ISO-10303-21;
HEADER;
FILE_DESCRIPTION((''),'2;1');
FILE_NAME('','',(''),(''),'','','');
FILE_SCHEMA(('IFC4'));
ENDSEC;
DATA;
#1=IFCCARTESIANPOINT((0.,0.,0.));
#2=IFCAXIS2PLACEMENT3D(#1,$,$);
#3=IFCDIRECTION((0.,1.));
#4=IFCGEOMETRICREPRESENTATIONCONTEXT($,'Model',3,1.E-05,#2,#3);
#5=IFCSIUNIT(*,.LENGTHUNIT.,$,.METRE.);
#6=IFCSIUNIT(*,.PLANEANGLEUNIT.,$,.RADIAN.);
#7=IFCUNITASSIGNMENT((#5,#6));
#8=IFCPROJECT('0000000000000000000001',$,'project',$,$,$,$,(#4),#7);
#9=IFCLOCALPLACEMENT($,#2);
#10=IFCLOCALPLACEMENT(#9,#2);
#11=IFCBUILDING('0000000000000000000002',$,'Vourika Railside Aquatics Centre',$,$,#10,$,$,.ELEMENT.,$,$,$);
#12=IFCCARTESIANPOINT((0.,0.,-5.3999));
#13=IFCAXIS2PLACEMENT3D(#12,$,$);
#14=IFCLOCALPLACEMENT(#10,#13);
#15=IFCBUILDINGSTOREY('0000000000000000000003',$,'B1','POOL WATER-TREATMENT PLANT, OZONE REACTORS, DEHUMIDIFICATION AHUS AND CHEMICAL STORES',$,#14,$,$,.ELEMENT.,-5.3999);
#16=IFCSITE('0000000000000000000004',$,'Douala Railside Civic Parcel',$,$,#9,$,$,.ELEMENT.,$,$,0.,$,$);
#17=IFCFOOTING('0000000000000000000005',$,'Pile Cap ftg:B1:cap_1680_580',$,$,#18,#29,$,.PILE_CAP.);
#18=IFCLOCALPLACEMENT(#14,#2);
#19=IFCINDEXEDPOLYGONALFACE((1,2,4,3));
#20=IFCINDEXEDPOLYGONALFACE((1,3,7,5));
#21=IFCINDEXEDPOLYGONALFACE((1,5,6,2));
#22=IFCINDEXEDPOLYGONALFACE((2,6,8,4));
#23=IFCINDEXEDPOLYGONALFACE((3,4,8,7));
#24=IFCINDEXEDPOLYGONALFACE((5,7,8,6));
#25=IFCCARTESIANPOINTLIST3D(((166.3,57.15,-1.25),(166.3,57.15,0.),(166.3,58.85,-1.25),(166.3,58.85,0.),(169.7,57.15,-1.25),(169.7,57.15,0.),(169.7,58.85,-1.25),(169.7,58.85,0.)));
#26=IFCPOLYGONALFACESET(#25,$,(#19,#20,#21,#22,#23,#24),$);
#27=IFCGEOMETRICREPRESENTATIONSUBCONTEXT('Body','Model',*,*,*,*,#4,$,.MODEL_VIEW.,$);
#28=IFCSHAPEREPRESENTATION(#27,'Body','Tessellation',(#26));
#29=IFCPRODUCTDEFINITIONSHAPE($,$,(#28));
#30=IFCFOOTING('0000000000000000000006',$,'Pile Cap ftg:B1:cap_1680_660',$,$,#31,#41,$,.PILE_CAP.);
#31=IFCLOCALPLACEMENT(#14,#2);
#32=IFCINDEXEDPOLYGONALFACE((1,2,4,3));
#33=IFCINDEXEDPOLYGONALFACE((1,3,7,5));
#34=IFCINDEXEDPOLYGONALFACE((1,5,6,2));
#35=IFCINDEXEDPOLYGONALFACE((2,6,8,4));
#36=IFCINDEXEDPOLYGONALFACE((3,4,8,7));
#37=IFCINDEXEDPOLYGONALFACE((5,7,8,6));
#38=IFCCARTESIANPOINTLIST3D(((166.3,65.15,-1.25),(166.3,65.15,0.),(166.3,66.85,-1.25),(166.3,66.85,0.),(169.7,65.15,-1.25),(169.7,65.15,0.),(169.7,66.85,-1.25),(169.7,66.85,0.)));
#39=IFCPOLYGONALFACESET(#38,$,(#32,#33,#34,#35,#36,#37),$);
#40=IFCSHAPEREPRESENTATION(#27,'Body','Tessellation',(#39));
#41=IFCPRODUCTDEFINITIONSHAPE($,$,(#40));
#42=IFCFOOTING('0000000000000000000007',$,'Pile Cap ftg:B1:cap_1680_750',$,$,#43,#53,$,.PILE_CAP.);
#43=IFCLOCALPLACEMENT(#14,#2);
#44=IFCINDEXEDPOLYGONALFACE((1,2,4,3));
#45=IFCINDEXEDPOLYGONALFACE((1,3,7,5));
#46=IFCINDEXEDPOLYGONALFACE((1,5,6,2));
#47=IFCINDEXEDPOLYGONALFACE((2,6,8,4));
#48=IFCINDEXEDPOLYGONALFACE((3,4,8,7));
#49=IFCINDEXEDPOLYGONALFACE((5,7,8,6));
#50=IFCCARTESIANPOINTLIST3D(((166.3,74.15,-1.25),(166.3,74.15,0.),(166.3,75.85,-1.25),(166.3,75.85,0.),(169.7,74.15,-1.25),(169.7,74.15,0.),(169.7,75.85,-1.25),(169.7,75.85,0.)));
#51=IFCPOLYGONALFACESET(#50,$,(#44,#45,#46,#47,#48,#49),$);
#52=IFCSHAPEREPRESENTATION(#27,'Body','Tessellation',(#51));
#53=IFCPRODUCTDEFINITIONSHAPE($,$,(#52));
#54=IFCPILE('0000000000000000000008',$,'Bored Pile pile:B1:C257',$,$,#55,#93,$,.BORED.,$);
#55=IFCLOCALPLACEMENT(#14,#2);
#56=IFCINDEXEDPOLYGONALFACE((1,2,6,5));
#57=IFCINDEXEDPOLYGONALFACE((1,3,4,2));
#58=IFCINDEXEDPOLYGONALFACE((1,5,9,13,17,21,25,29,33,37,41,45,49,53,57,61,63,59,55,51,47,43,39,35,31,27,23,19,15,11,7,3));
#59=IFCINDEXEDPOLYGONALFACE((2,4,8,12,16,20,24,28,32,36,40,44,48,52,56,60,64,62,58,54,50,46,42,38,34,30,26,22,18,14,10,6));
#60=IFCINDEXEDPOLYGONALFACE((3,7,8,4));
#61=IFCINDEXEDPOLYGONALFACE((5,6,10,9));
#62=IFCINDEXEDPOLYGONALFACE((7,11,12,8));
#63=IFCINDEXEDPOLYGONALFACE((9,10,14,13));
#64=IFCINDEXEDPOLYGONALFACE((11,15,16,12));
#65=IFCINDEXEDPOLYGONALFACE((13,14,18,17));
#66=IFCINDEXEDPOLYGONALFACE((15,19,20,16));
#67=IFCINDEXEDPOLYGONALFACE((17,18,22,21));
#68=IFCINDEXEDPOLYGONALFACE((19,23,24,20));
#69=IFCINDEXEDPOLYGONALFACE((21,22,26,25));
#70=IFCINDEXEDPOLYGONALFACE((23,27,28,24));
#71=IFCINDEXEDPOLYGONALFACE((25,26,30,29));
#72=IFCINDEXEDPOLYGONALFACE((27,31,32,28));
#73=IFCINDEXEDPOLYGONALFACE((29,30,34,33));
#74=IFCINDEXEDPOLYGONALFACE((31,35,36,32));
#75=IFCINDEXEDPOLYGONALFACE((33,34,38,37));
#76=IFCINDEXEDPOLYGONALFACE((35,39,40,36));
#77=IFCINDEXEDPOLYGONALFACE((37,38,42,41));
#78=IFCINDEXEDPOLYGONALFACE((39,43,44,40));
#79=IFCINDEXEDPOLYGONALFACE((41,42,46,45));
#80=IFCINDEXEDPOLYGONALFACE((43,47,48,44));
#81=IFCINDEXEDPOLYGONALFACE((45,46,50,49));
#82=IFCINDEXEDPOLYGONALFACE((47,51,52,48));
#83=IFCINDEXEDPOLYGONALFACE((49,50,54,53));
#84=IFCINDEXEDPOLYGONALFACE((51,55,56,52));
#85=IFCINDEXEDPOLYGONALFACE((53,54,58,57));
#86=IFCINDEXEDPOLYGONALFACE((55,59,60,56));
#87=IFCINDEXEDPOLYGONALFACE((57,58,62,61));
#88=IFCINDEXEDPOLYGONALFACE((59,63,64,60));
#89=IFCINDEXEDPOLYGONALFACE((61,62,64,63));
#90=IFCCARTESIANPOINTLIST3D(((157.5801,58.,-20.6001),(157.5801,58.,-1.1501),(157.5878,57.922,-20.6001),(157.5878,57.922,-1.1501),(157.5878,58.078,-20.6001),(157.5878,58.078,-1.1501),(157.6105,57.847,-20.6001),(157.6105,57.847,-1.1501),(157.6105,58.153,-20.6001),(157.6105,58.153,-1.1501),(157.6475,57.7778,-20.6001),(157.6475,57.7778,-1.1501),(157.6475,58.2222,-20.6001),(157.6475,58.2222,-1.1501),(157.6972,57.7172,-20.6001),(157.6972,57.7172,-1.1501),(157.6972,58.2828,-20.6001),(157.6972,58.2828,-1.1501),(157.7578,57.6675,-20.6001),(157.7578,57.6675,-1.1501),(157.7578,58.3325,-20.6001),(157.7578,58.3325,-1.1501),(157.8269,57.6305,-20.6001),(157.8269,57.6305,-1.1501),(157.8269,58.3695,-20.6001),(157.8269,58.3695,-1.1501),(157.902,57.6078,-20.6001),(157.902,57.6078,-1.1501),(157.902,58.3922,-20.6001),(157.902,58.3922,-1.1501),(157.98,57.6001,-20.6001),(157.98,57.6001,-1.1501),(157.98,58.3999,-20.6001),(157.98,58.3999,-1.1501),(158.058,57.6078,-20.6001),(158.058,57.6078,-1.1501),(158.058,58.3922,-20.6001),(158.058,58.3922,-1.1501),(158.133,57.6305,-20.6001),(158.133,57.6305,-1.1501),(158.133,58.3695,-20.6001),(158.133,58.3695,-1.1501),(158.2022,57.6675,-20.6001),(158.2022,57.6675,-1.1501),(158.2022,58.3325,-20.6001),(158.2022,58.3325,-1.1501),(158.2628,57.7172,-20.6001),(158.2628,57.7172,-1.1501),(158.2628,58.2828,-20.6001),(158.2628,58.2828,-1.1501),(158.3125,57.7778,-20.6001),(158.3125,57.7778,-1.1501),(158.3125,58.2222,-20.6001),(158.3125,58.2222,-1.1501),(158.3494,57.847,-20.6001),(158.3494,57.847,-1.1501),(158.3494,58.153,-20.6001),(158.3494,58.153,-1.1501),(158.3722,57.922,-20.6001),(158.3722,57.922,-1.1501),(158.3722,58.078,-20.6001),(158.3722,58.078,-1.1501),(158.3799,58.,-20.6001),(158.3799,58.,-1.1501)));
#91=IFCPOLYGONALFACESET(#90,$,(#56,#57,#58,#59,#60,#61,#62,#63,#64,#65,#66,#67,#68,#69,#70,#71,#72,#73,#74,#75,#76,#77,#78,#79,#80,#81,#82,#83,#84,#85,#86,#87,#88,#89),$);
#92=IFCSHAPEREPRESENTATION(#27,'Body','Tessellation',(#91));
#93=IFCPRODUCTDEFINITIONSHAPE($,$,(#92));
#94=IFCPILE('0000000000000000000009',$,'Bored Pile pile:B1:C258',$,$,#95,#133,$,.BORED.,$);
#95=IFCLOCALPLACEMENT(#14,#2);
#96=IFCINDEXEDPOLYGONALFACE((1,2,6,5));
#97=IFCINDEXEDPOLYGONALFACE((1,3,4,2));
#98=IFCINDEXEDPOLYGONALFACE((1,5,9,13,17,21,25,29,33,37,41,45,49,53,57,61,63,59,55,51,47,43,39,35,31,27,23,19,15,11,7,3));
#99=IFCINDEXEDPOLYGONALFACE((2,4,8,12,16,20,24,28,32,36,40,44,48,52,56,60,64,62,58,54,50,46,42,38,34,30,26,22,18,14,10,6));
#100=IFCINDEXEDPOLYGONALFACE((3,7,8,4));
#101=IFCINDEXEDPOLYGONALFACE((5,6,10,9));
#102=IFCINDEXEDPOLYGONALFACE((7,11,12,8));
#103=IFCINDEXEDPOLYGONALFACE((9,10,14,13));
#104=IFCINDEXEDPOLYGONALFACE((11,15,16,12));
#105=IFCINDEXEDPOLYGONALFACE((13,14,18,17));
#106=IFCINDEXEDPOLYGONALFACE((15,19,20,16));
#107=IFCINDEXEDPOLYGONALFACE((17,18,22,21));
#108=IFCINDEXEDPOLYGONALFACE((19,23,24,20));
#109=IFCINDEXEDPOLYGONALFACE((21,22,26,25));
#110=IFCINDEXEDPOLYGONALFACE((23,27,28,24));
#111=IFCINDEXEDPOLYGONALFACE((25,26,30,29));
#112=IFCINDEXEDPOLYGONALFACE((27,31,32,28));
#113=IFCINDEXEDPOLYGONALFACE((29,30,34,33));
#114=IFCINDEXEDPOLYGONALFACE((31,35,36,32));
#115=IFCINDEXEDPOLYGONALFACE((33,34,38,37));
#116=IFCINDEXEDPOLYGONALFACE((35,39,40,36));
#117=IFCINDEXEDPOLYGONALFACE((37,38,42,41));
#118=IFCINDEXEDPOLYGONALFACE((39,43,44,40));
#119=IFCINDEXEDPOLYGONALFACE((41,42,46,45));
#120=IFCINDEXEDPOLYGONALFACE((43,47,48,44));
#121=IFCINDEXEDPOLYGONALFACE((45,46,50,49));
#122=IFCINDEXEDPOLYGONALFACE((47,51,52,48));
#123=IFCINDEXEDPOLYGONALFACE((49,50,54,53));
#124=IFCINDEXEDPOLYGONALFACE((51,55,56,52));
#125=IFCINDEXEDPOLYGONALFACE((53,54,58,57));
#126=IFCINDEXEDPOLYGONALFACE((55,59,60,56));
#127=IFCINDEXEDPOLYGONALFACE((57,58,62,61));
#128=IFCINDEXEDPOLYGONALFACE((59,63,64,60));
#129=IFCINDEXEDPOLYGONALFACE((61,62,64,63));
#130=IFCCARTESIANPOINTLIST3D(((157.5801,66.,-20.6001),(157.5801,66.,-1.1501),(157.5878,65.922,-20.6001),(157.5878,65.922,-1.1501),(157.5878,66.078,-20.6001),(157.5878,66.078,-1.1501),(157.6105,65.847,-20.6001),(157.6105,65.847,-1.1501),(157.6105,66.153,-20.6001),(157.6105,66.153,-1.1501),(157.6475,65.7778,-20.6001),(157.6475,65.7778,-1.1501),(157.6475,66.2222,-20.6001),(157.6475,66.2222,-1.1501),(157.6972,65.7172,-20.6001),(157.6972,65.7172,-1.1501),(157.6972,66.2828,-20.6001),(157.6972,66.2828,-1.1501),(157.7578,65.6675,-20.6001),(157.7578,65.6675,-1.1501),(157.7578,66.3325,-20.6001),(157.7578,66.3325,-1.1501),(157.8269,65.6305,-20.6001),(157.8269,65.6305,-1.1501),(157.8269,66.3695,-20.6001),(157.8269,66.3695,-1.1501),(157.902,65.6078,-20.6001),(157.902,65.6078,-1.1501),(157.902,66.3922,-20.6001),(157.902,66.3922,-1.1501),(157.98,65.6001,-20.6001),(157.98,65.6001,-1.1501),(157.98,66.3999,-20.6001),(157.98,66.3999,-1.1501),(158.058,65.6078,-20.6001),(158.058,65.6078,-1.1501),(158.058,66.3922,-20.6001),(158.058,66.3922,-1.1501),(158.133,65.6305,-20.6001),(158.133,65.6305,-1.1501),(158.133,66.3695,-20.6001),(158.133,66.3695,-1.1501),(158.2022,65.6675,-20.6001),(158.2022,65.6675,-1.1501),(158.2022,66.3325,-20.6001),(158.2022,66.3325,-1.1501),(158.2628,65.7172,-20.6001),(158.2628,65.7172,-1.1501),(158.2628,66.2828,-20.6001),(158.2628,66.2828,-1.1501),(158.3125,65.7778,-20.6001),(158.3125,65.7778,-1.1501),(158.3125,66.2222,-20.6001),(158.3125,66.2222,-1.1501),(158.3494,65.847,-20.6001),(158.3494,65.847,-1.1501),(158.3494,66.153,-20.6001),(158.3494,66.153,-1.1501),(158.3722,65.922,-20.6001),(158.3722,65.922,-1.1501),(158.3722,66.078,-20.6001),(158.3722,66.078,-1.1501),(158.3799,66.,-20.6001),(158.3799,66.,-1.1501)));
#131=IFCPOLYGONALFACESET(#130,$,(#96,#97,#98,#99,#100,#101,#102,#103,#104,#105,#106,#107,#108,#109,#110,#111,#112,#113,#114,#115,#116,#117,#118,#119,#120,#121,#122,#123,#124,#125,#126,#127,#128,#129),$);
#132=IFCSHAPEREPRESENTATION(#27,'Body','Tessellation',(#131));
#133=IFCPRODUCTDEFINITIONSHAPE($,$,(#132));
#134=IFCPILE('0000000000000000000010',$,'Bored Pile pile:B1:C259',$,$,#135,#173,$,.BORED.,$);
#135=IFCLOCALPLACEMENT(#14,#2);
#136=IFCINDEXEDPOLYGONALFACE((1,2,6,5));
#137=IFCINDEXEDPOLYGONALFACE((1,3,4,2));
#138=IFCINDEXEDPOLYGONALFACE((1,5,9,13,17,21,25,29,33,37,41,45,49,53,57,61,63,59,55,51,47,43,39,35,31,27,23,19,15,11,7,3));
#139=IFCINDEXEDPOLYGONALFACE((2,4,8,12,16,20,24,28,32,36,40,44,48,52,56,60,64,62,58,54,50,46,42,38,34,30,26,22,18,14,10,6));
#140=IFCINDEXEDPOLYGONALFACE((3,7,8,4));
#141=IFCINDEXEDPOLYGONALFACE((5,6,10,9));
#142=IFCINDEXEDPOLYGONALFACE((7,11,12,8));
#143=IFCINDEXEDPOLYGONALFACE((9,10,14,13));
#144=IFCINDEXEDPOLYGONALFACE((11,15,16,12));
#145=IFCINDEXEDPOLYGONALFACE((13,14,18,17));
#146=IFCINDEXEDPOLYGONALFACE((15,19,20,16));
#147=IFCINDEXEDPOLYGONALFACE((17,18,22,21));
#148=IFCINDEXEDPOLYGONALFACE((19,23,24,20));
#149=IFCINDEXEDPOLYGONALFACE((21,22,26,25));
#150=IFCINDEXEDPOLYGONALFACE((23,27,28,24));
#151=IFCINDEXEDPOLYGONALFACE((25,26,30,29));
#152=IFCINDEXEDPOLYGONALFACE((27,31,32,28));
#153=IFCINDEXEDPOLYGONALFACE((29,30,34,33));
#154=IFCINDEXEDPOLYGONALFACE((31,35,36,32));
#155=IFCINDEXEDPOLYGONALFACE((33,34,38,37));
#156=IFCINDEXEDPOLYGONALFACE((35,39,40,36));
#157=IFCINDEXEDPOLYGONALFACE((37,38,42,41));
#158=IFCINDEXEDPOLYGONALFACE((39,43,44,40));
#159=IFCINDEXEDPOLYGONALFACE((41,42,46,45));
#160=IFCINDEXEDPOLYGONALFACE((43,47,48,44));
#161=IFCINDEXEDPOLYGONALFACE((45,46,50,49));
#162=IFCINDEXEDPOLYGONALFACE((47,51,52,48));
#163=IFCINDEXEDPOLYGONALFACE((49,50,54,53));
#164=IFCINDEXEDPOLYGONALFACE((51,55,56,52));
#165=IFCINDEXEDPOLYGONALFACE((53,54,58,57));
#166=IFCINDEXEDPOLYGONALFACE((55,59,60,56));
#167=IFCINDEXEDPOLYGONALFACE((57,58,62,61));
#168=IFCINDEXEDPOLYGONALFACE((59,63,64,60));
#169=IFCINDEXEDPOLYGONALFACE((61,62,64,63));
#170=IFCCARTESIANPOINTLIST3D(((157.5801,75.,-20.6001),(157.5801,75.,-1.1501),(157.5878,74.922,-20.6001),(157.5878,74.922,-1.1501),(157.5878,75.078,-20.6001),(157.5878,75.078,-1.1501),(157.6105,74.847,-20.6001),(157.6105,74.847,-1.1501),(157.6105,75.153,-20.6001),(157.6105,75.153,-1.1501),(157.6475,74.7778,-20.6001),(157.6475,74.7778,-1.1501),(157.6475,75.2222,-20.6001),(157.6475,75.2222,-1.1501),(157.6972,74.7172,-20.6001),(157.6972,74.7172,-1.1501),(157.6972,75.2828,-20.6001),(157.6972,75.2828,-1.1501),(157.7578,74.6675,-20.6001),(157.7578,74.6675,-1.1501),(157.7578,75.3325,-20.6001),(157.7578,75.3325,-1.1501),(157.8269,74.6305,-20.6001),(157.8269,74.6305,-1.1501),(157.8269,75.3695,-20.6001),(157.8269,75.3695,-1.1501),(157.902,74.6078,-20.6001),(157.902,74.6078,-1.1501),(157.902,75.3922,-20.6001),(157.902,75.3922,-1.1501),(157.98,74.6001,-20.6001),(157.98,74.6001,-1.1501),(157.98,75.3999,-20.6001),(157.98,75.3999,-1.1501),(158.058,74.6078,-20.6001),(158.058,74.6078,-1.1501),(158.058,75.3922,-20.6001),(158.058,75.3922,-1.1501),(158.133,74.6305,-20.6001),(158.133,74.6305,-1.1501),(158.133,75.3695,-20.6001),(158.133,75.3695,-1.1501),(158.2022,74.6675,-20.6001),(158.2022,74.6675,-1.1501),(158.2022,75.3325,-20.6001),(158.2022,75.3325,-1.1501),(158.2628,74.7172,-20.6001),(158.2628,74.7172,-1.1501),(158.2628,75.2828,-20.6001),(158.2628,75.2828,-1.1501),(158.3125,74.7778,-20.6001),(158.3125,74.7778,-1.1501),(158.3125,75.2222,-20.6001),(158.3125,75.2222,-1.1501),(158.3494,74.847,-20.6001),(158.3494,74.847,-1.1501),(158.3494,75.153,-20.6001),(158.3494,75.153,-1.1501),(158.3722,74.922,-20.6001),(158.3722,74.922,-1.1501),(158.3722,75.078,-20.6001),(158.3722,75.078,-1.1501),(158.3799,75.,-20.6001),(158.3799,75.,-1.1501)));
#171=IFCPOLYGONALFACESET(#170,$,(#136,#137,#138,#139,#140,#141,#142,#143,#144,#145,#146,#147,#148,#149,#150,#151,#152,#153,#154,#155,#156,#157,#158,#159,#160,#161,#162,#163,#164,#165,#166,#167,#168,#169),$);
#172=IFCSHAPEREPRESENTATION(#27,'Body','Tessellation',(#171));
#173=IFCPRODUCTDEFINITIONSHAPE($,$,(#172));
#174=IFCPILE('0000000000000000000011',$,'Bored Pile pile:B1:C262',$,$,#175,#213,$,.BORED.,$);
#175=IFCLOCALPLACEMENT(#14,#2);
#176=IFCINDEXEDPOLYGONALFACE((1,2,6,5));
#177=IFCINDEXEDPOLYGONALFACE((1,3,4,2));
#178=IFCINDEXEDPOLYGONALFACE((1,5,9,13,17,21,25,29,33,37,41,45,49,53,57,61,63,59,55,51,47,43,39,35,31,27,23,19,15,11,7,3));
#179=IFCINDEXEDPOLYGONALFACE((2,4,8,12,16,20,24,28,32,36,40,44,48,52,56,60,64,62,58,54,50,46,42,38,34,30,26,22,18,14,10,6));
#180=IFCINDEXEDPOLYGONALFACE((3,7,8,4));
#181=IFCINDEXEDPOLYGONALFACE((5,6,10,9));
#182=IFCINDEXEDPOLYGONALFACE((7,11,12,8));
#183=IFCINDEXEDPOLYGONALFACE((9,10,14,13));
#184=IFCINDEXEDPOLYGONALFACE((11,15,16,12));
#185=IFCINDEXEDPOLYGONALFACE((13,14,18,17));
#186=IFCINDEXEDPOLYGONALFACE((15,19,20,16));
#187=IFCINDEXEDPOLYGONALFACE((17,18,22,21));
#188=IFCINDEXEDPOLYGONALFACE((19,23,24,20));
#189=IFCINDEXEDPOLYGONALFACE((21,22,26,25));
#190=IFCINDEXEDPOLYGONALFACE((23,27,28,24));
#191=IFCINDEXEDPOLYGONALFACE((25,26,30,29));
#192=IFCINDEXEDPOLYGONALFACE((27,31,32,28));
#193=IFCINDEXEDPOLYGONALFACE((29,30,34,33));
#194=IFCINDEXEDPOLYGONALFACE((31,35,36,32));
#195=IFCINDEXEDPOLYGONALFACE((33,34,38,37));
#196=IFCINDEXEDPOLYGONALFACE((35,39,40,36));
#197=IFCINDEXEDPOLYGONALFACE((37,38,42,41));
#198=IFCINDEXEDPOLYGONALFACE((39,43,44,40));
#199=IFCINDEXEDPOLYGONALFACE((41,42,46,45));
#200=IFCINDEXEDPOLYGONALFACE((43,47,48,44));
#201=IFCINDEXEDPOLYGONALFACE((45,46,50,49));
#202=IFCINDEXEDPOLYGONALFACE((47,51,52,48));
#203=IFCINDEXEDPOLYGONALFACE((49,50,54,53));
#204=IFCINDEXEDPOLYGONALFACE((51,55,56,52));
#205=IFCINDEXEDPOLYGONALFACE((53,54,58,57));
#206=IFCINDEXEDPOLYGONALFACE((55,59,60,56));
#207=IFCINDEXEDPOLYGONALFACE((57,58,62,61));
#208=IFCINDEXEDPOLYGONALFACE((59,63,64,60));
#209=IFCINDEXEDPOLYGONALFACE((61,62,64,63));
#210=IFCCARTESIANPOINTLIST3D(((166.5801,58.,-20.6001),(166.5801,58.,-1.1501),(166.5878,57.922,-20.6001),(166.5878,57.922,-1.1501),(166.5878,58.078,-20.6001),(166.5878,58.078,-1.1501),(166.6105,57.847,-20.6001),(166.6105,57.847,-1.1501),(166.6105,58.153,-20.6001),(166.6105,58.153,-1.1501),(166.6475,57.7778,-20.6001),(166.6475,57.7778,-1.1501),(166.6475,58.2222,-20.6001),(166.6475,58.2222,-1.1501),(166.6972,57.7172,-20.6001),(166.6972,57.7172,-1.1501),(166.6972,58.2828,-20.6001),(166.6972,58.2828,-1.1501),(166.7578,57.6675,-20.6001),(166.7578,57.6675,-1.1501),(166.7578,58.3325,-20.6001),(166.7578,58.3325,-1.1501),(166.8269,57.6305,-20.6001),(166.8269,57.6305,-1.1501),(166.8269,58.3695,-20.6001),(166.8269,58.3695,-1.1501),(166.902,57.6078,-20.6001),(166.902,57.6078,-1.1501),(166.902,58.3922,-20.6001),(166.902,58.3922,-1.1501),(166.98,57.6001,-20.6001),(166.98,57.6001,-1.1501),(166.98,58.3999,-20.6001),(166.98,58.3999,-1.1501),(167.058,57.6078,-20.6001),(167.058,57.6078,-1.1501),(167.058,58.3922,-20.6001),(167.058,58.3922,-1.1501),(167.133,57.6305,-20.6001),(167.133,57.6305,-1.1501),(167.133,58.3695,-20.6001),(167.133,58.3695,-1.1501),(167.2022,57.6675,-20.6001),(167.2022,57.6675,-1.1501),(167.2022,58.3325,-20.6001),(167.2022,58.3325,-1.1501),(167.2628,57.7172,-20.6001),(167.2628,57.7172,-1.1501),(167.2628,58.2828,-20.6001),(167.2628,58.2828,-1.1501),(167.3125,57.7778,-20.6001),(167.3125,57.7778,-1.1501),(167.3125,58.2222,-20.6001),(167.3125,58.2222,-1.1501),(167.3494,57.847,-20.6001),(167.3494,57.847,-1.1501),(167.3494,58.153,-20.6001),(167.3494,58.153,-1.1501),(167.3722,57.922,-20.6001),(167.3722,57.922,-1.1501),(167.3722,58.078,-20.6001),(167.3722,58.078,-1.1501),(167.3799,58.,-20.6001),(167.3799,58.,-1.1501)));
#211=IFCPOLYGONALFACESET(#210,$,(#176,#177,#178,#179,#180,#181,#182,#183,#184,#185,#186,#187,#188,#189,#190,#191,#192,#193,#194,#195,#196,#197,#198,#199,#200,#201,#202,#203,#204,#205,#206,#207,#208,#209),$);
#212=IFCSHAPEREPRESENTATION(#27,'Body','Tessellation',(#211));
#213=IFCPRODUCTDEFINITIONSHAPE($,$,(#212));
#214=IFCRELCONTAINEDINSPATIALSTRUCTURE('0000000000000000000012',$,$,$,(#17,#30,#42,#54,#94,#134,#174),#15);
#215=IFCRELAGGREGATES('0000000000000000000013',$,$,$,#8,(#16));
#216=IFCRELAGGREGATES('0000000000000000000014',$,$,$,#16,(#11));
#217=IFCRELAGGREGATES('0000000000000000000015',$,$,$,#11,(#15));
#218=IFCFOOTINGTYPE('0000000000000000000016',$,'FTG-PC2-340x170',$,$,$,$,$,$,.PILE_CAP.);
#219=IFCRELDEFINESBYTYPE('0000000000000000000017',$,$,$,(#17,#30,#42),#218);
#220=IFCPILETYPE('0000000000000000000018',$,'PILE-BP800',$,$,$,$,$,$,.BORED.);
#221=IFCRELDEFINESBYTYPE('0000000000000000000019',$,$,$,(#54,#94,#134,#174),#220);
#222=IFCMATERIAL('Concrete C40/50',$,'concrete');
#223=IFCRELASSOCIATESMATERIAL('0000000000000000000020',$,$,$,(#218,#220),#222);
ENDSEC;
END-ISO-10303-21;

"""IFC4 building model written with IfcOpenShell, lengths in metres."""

from ifc_helpers import new_model, si_unit, direction, frame, origin, origin_2d, place, context, subcontext, project, spatial, rectangle, circle, extrude, material, material_profile, profile_set, type_object, element, save


model = new_model("IFC4")

# Units and contexts
model_context = context("Model", 3, precision=1e-05, world=origin(), true_north=direction((0.0, 1.0)))
body_context = subcontext(model_context, "Body", "Model", "MODEL_VIEW")
ifc_project = project(units=[si_unit("LENGTHUNIT", "METRE"), si_unit("PLANEANGLEUNIT", "RADIAN")], contexts=[model_context])

# Site, building, storey
site_placement = place(None, origin())
site = spatial("IfcSite", under=ifc_project, at=site_placement, Name="Douala Railside Civic Parcel", CompositionType="ELEMENT", RefElevation=0.0)
building_placement = place(site_placement, origin())
building = spatial("IfcBuilding", under=site, at=building_placement, Name="Vourika Railside Aquatics Centre", CompositionType="ELEMENT")
storey_placement = place(building_placement, frame((0.0, 0.0, -5.3999)))
storey = spatial("IfcBuildingStorey", under=building, at=storey_placement, Name="B1", Description="POOL WATER-TREATMENT PLANT, OZONE REACTORS, DEHUMIDIFICATION AHUS AND CHEMICAL STORES", CompositionType="ELEMENT", Elevation=-5.3999)

# Footings
ifc_material = material(Name="Concrete C40/50", Category="concrete")
footing_type_1 = type_object("IfcFootingType", Name="FTG-PC2-340x170", PredefinedType="PILE_CAP", material=ifc_material)
for number, where, z_axis, x_axis, name in (
    (1, (168.0, 58.0, -1.25), (0.0, 0.0, 1.0), (1.0, 0.0, 0.0), "Pile Cap ftg:B1:cap_1680_580"),
    (2, (168.0, 66.0, -1.25), (0.0, 0.0, 1.0), (1.0, 0.0, 0.0), "Pile Cap ftg:B1:cap_1680_660"),
    (3, (168.0, 75.0, -1.25), (0.0, 0.0, 1.0), (1.0, 0.0, 0.0), "Pile Cap ftg:B1:cap_1680_750"),
):
    element("IfcFooting", number, at=place(storey_placement, frame(where, z_axis=z_axis, x_axis=x_axis)), inside=storey, type_object=footing_type_1, Name=name, PredefinedType="PILE_CAP", context=body_context, shape_type="SweptSolid", body=[
        extrude(rectangle(XDim=3.3999, YDim=1.7, at=origin_2d()), origin(), (0.0, 0.0, 1.0), 1.25),
    ])

# Piles
ifc_material_profile_1 = material_profile(ifc_material, circle(Radius=0.3999, at=origin_2d()), Name="BP 800")
ifc_profile_set_1 = profile_set([ifc_material_profile_1], Name="Concrete C40/50")
pile_type = type_object("IfcPileType", Name="PILE-BP800", PredefinedType="BORED", material=ifc_profile_set_1)
for number, where, z_axis, x_axis, name in (
    (4, (157.98, 58.0, -1.1501), (0.0, 0.0, -1.0), (1.0, 0.0, 0.0), "Bored Pile pile:B1:C257"),
    (5, (157.98, 66.0, -1.1501), (0.0, 0.0, -1.0), (1.0, 0.0, 0.0), "Bored Pile pile:B1:C258"),
    (6, (157.98, 75.0, -1.1501), (0.0, 0.0, -1.0), (1.0, 0.0, 0.0), "Bored Pile pile:B1:C259"),
    (7, (166.98, 58.0, -1.1501), (0.0, 0.0, -1.0), (1.0, 0.0, 0.0), "Bored Pile pile:B1:C262"),
):
    element("IfcPile", number, at=place(storey_placement, frame(where, z_axis=z_axis, x_axis=x_axis)), inside=storey, type_object=pile_type, Name=name, PredefinedType="BORED", context=body_context, shape_type="SweptSolid", body=[
        extrude(circle(Radius=0.3999, at=origin_2d()), origin(), (0.0, 0.0, 1.0), 19.45),
    ])

save(model, "model.ifc")
